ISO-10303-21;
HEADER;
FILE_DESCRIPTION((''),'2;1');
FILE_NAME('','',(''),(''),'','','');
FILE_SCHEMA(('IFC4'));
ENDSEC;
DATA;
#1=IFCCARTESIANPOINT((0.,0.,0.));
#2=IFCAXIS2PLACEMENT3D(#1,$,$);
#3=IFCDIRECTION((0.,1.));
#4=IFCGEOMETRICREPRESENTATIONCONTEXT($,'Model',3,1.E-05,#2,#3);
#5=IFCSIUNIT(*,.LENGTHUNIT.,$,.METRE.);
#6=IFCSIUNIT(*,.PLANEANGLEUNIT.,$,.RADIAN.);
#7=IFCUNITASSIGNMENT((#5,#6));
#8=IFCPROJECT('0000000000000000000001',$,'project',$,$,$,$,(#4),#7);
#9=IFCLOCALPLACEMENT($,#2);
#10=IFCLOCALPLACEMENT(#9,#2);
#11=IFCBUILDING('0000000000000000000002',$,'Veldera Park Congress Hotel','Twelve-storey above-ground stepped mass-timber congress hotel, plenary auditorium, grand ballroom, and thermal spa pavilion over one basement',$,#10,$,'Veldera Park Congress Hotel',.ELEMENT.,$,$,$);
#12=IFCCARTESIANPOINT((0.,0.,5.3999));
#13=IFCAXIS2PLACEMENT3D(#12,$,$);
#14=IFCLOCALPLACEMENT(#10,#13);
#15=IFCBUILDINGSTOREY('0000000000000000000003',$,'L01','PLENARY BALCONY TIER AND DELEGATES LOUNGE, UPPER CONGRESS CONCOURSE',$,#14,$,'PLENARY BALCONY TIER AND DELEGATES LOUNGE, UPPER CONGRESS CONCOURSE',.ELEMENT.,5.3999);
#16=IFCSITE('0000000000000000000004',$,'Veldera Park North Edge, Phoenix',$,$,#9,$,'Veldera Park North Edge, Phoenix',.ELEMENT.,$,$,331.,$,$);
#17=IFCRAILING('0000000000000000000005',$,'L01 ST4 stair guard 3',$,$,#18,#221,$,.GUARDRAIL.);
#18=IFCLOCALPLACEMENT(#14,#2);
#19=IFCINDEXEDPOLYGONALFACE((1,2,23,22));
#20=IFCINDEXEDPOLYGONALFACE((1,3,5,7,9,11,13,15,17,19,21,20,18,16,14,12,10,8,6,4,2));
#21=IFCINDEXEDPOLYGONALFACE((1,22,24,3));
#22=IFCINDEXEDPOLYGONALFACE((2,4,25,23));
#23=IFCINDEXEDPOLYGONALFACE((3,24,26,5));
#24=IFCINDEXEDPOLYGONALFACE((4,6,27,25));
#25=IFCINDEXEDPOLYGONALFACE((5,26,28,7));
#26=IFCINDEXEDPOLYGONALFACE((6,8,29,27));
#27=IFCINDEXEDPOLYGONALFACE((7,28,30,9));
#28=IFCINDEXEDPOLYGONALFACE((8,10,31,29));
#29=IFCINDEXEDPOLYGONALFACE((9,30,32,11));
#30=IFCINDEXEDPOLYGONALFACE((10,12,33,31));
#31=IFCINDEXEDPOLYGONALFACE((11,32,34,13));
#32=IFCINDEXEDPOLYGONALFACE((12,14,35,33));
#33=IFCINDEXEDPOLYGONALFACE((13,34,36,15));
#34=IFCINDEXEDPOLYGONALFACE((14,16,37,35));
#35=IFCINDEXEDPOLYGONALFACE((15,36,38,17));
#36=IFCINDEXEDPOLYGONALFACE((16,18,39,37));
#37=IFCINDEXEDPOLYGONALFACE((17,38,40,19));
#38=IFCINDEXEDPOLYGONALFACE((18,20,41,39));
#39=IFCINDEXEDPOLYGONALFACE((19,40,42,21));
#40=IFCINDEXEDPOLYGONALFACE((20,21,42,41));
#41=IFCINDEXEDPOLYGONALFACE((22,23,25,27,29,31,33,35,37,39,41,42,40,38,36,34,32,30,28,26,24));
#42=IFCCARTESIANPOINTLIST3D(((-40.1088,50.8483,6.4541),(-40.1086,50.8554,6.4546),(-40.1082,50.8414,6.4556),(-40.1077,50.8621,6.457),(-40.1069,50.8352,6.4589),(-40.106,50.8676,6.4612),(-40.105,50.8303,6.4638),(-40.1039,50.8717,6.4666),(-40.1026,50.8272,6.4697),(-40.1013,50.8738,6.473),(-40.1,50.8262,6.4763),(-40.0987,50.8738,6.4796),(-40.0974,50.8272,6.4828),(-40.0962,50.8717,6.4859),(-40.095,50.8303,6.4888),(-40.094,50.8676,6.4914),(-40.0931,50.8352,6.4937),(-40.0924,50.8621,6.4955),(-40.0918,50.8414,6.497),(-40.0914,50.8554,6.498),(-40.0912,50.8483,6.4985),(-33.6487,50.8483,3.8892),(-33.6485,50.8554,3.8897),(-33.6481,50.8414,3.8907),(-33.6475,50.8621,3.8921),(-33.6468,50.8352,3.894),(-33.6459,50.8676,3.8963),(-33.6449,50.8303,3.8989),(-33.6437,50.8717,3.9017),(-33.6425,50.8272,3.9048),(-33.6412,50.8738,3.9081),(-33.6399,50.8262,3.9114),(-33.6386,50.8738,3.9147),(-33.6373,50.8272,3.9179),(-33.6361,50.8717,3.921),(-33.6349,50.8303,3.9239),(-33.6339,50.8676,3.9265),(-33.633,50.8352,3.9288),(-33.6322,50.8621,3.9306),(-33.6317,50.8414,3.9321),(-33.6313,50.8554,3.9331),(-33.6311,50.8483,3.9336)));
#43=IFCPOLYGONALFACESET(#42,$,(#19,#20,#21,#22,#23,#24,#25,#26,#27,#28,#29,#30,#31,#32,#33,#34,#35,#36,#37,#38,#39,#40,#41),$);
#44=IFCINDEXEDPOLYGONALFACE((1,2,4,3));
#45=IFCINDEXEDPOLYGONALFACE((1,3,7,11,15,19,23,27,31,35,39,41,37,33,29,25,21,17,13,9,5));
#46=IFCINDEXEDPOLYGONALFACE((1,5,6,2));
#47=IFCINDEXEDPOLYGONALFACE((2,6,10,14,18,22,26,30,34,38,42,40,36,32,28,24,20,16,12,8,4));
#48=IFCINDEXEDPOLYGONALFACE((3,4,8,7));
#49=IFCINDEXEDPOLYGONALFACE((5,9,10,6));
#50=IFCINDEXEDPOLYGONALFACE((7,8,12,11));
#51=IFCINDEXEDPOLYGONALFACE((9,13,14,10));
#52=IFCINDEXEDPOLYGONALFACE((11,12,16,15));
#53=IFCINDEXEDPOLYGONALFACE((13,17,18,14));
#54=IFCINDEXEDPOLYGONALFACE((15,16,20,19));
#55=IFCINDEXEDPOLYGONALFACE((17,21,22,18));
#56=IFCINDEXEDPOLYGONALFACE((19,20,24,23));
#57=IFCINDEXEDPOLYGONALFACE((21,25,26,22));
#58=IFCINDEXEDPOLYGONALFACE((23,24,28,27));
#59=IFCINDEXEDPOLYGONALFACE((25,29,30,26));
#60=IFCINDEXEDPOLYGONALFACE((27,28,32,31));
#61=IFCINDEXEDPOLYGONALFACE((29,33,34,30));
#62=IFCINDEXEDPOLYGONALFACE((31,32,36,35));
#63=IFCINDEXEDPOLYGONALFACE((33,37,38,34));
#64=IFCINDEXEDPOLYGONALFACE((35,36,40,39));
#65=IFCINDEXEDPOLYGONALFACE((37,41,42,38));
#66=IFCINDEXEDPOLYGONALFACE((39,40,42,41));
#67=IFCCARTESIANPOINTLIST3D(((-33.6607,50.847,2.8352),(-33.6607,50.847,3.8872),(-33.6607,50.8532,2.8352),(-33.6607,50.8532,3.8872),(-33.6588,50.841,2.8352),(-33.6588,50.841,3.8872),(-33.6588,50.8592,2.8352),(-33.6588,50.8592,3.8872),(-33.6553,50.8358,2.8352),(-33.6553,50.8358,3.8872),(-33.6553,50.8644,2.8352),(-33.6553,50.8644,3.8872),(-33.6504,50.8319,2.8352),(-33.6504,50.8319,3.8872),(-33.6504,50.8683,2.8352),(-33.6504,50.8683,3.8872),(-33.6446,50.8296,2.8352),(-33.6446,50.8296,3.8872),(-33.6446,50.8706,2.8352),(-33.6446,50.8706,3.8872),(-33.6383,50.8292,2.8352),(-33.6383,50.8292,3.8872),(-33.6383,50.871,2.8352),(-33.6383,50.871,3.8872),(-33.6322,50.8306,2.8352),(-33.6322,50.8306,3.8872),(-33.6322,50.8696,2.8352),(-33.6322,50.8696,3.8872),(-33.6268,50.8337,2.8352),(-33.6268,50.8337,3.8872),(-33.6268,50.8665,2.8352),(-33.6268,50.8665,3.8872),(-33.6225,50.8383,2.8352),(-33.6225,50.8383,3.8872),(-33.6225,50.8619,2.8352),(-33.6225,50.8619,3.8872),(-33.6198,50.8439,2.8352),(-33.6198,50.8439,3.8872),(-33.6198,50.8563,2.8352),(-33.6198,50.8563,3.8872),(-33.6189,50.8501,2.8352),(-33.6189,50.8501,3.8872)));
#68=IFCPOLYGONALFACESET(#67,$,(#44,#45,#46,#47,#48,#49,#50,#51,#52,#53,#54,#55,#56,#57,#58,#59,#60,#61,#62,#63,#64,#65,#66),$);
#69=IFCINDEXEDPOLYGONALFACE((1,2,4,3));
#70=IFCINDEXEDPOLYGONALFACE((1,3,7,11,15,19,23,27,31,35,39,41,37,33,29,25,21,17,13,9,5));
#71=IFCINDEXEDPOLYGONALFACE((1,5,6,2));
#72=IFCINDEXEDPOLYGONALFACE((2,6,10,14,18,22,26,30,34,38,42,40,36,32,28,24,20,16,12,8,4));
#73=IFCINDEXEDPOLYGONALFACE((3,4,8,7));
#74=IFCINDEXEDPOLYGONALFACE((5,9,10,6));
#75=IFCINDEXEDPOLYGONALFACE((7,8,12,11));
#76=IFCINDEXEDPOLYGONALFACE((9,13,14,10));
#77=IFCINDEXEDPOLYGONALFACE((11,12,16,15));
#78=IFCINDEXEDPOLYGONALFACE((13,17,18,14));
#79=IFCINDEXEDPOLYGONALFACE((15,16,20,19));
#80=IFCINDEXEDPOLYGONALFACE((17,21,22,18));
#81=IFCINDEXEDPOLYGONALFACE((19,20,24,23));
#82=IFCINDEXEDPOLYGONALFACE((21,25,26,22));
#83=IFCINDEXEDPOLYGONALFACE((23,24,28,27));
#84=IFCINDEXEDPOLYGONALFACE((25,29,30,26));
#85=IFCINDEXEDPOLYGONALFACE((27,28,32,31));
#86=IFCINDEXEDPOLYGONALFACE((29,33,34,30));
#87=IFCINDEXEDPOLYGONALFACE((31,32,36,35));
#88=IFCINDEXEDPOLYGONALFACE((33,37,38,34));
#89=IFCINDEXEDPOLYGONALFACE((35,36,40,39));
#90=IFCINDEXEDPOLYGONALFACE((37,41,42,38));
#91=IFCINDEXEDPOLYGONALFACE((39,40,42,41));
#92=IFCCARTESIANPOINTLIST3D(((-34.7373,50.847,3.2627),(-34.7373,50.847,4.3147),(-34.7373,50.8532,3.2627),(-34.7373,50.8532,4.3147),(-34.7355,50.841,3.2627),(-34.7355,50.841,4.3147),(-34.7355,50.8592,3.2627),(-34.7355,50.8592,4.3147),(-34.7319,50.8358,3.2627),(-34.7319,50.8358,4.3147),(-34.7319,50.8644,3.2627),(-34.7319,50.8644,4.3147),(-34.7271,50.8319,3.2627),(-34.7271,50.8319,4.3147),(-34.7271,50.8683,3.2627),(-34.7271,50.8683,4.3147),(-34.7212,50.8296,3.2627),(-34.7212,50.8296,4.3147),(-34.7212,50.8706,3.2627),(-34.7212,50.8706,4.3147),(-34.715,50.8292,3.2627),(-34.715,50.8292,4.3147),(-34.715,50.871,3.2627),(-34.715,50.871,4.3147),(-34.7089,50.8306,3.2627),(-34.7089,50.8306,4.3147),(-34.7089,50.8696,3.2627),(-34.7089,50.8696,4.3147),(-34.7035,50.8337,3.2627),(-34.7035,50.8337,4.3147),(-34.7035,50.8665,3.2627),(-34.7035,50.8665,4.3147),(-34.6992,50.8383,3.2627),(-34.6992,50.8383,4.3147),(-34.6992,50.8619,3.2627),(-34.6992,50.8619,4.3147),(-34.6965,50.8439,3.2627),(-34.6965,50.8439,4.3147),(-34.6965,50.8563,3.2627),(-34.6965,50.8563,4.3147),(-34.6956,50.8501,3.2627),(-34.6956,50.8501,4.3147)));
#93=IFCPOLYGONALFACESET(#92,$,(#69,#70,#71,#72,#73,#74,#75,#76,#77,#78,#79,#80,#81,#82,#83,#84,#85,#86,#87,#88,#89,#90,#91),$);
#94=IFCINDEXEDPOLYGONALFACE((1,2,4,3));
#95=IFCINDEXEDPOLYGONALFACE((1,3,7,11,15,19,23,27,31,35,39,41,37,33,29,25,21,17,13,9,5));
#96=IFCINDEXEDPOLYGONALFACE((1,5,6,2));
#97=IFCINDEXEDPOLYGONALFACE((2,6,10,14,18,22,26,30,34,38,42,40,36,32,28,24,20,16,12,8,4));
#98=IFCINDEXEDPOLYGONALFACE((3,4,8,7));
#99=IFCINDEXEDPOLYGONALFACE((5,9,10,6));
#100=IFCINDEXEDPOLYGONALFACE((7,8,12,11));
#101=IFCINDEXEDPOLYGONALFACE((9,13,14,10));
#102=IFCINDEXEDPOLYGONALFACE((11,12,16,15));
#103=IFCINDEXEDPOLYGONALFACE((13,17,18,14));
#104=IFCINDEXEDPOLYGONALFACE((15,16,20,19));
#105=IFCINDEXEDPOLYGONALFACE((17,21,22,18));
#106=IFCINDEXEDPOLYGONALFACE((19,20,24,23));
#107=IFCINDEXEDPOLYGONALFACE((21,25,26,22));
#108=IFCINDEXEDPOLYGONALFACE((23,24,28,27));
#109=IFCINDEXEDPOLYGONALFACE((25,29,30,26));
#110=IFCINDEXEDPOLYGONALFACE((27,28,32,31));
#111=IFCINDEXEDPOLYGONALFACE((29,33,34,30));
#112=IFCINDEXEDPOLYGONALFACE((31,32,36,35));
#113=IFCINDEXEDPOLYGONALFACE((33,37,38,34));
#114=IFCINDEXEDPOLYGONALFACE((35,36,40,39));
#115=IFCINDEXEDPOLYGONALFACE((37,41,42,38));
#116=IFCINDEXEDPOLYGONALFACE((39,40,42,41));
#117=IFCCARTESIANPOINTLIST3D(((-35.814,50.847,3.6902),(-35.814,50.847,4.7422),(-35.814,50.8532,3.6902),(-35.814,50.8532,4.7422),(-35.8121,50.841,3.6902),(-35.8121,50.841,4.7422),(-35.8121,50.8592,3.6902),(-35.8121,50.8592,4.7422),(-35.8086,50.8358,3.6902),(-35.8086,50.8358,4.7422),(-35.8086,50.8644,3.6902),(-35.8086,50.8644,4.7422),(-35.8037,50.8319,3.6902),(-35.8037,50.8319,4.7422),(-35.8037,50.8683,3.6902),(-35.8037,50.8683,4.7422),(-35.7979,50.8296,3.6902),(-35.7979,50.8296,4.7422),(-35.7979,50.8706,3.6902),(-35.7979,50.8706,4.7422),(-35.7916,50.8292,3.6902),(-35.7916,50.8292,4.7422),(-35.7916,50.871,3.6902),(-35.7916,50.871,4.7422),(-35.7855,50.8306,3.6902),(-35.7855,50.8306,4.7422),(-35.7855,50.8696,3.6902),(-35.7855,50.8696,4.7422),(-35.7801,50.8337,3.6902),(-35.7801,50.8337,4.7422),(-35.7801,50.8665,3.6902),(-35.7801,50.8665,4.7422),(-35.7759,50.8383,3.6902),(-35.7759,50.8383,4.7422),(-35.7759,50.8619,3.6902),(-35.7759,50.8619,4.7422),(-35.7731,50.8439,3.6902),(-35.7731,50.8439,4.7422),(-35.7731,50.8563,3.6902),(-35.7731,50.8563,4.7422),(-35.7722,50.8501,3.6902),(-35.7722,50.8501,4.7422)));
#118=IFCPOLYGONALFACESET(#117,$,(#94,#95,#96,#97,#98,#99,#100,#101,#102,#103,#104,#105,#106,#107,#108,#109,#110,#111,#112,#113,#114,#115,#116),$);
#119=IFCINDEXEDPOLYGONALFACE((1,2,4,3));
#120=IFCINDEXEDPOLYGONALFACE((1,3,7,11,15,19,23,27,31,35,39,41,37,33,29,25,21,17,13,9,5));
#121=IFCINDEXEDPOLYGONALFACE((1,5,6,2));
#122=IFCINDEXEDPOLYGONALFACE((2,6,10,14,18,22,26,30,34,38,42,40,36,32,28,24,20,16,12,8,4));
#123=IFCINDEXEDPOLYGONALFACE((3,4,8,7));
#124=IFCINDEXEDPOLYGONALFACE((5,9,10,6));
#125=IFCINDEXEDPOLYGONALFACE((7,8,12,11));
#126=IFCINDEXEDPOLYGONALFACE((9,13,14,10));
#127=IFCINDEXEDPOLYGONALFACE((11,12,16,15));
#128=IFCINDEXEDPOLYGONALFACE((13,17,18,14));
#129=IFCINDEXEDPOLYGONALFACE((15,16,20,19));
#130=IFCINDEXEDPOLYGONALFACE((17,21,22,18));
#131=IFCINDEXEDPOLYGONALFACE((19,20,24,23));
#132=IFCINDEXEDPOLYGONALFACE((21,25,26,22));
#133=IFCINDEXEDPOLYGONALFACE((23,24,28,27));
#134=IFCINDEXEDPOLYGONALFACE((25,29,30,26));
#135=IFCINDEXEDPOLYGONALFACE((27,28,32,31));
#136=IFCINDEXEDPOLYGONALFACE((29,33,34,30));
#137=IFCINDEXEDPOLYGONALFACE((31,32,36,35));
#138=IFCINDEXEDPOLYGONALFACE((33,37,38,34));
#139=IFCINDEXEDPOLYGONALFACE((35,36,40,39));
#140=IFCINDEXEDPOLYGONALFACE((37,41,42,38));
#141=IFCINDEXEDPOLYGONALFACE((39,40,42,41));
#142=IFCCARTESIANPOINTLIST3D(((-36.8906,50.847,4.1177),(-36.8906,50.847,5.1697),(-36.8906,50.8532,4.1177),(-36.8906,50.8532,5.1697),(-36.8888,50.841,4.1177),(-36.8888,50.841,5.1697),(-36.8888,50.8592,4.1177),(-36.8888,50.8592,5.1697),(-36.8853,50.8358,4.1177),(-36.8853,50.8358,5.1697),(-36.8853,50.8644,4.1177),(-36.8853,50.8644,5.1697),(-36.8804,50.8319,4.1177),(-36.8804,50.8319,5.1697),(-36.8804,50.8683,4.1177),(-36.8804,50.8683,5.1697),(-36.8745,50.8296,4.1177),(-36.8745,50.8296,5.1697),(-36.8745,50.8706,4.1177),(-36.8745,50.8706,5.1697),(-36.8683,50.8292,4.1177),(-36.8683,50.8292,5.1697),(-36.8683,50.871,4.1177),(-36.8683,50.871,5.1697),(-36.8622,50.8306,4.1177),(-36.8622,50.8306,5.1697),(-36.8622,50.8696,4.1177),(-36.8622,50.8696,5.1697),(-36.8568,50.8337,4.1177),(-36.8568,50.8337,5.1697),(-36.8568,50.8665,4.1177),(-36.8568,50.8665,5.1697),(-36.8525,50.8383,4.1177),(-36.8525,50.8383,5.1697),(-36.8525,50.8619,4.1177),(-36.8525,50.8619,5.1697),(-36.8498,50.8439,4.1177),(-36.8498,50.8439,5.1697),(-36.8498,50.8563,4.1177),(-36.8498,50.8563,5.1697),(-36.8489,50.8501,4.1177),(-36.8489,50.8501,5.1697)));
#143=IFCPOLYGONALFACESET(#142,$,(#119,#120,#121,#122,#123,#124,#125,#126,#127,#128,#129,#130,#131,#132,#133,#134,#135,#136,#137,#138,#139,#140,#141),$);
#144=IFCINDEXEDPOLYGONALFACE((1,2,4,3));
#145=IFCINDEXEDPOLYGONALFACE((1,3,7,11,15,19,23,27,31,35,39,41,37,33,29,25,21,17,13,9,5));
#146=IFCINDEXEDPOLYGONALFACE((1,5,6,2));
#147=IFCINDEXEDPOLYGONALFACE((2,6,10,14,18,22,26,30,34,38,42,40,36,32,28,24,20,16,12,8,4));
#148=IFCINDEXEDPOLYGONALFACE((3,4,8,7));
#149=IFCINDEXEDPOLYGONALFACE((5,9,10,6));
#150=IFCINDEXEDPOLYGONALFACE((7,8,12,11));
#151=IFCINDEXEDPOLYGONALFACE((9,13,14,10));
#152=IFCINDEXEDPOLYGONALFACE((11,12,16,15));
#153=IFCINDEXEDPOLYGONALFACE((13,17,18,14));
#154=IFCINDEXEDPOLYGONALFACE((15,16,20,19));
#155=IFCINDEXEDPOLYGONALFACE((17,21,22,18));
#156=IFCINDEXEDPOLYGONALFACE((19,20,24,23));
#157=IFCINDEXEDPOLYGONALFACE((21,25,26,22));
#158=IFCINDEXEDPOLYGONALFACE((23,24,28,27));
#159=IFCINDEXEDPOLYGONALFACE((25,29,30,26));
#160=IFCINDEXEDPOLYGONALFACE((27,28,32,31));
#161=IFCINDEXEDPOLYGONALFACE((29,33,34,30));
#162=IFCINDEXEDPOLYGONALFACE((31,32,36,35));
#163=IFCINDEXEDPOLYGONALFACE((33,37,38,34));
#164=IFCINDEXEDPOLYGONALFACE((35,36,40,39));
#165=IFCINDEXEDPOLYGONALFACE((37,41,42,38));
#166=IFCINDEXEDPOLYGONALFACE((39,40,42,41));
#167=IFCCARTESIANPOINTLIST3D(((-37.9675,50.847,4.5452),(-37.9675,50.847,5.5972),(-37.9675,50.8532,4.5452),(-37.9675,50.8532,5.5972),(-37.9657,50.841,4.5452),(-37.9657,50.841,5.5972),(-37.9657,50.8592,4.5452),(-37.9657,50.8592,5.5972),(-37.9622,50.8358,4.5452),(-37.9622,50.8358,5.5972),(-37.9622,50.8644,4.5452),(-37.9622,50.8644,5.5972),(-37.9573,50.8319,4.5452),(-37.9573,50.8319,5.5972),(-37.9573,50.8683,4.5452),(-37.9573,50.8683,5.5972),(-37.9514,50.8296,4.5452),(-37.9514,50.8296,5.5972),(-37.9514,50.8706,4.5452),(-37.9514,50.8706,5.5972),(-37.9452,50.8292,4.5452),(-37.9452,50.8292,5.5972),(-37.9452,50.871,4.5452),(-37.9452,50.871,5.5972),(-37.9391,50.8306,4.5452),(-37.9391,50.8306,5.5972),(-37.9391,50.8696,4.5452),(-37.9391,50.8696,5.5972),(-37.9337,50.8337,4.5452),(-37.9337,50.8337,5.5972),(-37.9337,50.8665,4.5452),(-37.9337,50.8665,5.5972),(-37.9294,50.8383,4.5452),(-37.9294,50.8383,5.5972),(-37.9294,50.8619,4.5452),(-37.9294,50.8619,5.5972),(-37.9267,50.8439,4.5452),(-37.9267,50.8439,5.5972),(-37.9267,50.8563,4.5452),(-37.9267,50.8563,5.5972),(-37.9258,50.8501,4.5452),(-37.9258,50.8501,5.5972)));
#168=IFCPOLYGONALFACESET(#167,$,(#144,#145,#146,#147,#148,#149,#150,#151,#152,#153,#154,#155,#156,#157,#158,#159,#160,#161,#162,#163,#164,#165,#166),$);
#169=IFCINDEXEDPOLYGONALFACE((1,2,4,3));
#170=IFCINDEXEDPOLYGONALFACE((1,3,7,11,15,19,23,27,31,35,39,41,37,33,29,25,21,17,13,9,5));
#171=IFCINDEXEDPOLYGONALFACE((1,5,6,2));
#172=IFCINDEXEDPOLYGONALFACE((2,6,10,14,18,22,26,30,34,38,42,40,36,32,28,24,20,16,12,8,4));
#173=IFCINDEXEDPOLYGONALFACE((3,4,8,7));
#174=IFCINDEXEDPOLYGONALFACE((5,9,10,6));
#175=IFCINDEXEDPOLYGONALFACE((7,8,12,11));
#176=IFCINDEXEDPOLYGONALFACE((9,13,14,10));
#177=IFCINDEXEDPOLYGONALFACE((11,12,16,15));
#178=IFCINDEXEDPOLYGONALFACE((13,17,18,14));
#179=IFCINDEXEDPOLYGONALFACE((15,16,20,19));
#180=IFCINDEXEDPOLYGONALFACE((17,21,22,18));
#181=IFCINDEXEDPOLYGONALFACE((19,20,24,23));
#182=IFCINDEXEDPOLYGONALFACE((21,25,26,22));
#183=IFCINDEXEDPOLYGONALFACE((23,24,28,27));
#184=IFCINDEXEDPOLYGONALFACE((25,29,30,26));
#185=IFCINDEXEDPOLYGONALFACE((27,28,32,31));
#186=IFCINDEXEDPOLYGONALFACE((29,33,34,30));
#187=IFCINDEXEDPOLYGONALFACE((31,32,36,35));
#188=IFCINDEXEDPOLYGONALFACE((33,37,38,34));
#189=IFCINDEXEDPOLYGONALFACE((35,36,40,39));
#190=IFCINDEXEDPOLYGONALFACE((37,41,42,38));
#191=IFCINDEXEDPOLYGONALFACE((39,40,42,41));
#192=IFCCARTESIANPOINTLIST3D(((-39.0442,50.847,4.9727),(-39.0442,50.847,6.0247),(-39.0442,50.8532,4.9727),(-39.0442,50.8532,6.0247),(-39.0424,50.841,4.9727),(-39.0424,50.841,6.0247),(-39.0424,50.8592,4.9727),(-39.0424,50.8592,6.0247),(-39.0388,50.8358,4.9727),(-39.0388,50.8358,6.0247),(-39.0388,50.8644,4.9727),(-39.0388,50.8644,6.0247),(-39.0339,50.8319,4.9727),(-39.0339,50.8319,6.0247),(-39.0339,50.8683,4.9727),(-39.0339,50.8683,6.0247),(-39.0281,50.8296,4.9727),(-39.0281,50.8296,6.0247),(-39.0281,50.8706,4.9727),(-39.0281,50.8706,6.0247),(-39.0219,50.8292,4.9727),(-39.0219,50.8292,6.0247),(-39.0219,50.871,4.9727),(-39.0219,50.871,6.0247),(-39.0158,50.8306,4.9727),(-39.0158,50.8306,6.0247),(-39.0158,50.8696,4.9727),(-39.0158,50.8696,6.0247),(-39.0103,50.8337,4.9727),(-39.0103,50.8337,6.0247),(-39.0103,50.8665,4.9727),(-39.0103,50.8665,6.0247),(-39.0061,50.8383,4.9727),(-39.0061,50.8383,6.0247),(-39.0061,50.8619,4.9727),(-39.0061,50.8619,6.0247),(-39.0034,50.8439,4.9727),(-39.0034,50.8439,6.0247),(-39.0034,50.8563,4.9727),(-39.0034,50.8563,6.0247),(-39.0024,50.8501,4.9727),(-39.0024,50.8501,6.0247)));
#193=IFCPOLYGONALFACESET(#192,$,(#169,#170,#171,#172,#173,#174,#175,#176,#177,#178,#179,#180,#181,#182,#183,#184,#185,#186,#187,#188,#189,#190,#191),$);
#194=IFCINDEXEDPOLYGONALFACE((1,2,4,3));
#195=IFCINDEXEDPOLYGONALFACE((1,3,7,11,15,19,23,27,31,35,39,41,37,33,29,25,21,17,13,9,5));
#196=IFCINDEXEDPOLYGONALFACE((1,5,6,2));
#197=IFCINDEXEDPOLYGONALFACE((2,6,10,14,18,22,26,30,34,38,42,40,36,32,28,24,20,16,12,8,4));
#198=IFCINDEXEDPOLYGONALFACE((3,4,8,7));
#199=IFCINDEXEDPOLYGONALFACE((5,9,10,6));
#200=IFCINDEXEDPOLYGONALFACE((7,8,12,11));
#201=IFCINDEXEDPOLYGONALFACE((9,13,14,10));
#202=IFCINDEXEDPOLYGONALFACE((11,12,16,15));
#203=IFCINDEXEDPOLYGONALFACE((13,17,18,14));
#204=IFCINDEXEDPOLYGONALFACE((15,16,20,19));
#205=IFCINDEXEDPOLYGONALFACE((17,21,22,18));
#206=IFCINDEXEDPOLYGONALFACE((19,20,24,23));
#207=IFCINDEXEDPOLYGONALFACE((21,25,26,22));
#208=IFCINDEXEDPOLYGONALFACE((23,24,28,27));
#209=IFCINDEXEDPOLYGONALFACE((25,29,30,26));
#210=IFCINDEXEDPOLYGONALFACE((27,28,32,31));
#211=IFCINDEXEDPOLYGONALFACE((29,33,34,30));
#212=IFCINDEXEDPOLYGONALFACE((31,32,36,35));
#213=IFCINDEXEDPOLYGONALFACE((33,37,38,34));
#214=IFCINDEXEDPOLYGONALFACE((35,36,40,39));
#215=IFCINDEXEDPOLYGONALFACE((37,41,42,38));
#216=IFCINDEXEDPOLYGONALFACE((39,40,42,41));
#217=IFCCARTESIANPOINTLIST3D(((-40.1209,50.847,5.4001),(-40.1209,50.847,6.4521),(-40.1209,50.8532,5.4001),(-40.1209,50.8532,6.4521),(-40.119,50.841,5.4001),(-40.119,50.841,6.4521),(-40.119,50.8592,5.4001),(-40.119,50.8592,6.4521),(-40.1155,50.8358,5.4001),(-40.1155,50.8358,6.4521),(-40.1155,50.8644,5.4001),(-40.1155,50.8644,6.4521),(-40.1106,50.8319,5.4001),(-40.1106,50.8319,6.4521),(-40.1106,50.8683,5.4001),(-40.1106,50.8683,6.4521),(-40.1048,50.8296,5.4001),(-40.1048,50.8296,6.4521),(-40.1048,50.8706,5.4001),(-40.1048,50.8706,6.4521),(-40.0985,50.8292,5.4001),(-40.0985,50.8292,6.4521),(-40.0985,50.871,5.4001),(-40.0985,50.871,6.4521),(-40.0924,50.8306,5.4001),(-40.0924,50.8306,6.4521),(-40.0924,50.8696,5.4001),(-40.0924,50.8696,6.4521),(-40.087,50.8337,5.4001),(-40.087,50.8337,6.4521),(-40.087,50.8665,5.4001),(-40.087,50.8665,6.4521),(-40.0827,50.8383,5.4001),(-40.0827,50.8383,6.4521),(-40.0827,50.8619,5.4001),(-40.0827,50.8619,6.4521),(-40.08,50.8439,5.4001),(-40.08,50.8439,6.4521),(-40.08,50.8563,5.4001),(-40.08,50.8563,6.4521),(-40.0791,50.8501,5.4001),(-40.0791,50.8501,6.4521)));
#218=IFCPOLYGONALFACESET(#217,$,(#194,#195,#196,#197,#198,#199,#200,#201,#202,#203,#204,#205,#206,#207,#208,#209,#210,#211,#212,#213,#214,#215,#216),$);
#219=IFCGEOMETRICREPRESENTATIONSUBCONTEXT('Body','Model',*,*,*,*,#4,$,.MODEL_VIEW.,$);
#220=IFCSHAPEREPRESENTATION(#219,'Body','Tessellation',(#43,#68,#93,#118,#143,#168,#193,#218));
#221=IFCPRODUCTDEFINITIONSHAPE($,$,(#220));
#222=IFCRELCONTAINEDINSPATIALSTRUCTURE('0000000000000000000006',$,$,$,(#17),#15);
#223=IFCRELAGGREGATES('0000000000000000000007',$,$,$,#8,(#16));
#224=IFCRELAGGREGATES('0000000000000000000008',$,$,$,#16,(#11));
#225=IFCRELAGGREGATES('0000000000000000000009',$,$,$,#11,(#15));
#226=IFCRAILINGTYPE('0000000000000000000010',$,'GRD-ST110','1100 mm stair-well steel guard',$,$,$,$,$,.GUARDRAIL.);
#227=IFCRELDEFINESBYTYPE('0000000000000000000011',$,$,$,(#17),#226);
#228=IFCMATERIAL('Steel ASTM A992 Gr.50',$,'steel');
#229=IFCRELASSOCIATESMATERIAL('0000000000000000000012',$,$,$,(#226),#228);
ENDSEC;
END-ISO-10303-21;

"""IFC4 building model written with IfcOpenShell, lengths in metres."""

from ifc_helpers import new_model, si_unit, direction, frame, origin, origin_2d, place, context, subcontext, project, spatial, circle, extrude, material, type_object, element, save


model = new_model("IFC4")

# Units and contexts
model_context = context("Model", 3, precision=1e-05, world=origin(), true_north=direction((0.0, 1.0)))
body_context = subcontext(model_context, "Body", "Model", "MODEL_VIEW")
ifc_project = project(units=[si_unit("LENGTHUNIT", "METRE"), si_unit("PLANEANGLEUNIT", "RADIAN")], contexts=[model_context])

# Site, building, storey
site_placement = place(None, origin())
site = spatial("IfcSite", under=ifc_project, at=site_placement, Name="Veldera Park North Edge, Phoenix", LongName="Veldera Park North Edge, Phoenix", CompositionType="ELEMENT", RefElevation=331.0)
building_placement = place(site_placement, origin())
building = spatial("IfcBuilding", under=site, at=building_placement, Name="Veldera Park Congress Hotel", Description="Twelve-storey above-ground stepped mass-timber congress hotel, plenary auditorium, grand ballroom, and thermal spa pavilion over one basement", LongName="Veldera Park Congress Hotel", CompositionType="ELEMENT")
storey_placement = place(building_placement, frame((0.0, 0.0, 5.3999)))
storey = spatial("IfcBuildingStorey", under=building, at=storey_placement, Name="L01", Description="PLENARY BALCONY TIER AND DELEGATES LOUNGE, UPPER CONGRESS CONCOURSE", LongName="PLENARY BALCONY TIER AND DELEGATES LOUNGE, UPPER CONGRESS CONCOURSE", CompositionType="ELEMENT", Elevation=5.3999)

# Shared definitions
ifc_material_1 = material(Name="Steel ASTM A992 Gr.50", Category="steel")

# Railing
railing_type_1 = type_object("IfcRailingType", Name="GRD-ST110", Description="1100 mm stair-well steel guard", PredefinedType="GUARDRAIL", material=ifc_material_1)
railing_1_placement = place(storey_placement, frame((-33.6399, 50.8501, 2.8352)))
element("IfcRailing", 1, at=railing_1_placement, inside=storey, type_object=railing_type_1, Name="L01 ST4 stair guard 3", PredefinedType="GUARDRAIL", context=body_context, shape_type="SweptSolid", body=[
    extrude(circle(Radius=0.0239, at=origin_2d()), frame((0.0, 0.0, 1.0762), z_axis=(-0.929423, 0.0, 0.369016), x_axis=(0.0, -1.0, 0.0)), (0.0, 0.0, 1.0), 6.9507),
    extrude(circle(Radius=0.021, at=origin_2d()), origin(), (0.0, 0.0, 1.0), 1.052),
    extrude(circle(Radius=0.021, at=origin_2d()), frame((-1.0767, 0.0, 0.4275)), (0.0, 0.0, 1.0), 1.052),
    extrude(circle(Radius=0.021, at=origin_2d()), frame((-2.1533, 0.0, 0.855)), (0.0, 0.0, 1.0), 1.052),
    extrude(circle(Radius=0.021, at=origin_2d()), frame((-3.23, 0.0, 1.2825)), (0.0, 0.0, 1.0), 1.052),
    extrude(circle(Radius=0.021, at=origin_2d()), frame((-4.3069, 0.0, 1.71)), (0.0, 0.0, 1.0), 1.052),
    extrude(circle(Radius=0.021, at=origin_2d()), frame((-5.3835, 0.0, 2.1375)), (0.0, 0.0, 1.0), 1.052),
    extrude(circle(Radius=0.021, at=origin_2d()), frame((-6.4602, 0.0, 2.5649)), (0.0, 0.0, 1.0), 1.052),
])

save(model, "model.ifc")
